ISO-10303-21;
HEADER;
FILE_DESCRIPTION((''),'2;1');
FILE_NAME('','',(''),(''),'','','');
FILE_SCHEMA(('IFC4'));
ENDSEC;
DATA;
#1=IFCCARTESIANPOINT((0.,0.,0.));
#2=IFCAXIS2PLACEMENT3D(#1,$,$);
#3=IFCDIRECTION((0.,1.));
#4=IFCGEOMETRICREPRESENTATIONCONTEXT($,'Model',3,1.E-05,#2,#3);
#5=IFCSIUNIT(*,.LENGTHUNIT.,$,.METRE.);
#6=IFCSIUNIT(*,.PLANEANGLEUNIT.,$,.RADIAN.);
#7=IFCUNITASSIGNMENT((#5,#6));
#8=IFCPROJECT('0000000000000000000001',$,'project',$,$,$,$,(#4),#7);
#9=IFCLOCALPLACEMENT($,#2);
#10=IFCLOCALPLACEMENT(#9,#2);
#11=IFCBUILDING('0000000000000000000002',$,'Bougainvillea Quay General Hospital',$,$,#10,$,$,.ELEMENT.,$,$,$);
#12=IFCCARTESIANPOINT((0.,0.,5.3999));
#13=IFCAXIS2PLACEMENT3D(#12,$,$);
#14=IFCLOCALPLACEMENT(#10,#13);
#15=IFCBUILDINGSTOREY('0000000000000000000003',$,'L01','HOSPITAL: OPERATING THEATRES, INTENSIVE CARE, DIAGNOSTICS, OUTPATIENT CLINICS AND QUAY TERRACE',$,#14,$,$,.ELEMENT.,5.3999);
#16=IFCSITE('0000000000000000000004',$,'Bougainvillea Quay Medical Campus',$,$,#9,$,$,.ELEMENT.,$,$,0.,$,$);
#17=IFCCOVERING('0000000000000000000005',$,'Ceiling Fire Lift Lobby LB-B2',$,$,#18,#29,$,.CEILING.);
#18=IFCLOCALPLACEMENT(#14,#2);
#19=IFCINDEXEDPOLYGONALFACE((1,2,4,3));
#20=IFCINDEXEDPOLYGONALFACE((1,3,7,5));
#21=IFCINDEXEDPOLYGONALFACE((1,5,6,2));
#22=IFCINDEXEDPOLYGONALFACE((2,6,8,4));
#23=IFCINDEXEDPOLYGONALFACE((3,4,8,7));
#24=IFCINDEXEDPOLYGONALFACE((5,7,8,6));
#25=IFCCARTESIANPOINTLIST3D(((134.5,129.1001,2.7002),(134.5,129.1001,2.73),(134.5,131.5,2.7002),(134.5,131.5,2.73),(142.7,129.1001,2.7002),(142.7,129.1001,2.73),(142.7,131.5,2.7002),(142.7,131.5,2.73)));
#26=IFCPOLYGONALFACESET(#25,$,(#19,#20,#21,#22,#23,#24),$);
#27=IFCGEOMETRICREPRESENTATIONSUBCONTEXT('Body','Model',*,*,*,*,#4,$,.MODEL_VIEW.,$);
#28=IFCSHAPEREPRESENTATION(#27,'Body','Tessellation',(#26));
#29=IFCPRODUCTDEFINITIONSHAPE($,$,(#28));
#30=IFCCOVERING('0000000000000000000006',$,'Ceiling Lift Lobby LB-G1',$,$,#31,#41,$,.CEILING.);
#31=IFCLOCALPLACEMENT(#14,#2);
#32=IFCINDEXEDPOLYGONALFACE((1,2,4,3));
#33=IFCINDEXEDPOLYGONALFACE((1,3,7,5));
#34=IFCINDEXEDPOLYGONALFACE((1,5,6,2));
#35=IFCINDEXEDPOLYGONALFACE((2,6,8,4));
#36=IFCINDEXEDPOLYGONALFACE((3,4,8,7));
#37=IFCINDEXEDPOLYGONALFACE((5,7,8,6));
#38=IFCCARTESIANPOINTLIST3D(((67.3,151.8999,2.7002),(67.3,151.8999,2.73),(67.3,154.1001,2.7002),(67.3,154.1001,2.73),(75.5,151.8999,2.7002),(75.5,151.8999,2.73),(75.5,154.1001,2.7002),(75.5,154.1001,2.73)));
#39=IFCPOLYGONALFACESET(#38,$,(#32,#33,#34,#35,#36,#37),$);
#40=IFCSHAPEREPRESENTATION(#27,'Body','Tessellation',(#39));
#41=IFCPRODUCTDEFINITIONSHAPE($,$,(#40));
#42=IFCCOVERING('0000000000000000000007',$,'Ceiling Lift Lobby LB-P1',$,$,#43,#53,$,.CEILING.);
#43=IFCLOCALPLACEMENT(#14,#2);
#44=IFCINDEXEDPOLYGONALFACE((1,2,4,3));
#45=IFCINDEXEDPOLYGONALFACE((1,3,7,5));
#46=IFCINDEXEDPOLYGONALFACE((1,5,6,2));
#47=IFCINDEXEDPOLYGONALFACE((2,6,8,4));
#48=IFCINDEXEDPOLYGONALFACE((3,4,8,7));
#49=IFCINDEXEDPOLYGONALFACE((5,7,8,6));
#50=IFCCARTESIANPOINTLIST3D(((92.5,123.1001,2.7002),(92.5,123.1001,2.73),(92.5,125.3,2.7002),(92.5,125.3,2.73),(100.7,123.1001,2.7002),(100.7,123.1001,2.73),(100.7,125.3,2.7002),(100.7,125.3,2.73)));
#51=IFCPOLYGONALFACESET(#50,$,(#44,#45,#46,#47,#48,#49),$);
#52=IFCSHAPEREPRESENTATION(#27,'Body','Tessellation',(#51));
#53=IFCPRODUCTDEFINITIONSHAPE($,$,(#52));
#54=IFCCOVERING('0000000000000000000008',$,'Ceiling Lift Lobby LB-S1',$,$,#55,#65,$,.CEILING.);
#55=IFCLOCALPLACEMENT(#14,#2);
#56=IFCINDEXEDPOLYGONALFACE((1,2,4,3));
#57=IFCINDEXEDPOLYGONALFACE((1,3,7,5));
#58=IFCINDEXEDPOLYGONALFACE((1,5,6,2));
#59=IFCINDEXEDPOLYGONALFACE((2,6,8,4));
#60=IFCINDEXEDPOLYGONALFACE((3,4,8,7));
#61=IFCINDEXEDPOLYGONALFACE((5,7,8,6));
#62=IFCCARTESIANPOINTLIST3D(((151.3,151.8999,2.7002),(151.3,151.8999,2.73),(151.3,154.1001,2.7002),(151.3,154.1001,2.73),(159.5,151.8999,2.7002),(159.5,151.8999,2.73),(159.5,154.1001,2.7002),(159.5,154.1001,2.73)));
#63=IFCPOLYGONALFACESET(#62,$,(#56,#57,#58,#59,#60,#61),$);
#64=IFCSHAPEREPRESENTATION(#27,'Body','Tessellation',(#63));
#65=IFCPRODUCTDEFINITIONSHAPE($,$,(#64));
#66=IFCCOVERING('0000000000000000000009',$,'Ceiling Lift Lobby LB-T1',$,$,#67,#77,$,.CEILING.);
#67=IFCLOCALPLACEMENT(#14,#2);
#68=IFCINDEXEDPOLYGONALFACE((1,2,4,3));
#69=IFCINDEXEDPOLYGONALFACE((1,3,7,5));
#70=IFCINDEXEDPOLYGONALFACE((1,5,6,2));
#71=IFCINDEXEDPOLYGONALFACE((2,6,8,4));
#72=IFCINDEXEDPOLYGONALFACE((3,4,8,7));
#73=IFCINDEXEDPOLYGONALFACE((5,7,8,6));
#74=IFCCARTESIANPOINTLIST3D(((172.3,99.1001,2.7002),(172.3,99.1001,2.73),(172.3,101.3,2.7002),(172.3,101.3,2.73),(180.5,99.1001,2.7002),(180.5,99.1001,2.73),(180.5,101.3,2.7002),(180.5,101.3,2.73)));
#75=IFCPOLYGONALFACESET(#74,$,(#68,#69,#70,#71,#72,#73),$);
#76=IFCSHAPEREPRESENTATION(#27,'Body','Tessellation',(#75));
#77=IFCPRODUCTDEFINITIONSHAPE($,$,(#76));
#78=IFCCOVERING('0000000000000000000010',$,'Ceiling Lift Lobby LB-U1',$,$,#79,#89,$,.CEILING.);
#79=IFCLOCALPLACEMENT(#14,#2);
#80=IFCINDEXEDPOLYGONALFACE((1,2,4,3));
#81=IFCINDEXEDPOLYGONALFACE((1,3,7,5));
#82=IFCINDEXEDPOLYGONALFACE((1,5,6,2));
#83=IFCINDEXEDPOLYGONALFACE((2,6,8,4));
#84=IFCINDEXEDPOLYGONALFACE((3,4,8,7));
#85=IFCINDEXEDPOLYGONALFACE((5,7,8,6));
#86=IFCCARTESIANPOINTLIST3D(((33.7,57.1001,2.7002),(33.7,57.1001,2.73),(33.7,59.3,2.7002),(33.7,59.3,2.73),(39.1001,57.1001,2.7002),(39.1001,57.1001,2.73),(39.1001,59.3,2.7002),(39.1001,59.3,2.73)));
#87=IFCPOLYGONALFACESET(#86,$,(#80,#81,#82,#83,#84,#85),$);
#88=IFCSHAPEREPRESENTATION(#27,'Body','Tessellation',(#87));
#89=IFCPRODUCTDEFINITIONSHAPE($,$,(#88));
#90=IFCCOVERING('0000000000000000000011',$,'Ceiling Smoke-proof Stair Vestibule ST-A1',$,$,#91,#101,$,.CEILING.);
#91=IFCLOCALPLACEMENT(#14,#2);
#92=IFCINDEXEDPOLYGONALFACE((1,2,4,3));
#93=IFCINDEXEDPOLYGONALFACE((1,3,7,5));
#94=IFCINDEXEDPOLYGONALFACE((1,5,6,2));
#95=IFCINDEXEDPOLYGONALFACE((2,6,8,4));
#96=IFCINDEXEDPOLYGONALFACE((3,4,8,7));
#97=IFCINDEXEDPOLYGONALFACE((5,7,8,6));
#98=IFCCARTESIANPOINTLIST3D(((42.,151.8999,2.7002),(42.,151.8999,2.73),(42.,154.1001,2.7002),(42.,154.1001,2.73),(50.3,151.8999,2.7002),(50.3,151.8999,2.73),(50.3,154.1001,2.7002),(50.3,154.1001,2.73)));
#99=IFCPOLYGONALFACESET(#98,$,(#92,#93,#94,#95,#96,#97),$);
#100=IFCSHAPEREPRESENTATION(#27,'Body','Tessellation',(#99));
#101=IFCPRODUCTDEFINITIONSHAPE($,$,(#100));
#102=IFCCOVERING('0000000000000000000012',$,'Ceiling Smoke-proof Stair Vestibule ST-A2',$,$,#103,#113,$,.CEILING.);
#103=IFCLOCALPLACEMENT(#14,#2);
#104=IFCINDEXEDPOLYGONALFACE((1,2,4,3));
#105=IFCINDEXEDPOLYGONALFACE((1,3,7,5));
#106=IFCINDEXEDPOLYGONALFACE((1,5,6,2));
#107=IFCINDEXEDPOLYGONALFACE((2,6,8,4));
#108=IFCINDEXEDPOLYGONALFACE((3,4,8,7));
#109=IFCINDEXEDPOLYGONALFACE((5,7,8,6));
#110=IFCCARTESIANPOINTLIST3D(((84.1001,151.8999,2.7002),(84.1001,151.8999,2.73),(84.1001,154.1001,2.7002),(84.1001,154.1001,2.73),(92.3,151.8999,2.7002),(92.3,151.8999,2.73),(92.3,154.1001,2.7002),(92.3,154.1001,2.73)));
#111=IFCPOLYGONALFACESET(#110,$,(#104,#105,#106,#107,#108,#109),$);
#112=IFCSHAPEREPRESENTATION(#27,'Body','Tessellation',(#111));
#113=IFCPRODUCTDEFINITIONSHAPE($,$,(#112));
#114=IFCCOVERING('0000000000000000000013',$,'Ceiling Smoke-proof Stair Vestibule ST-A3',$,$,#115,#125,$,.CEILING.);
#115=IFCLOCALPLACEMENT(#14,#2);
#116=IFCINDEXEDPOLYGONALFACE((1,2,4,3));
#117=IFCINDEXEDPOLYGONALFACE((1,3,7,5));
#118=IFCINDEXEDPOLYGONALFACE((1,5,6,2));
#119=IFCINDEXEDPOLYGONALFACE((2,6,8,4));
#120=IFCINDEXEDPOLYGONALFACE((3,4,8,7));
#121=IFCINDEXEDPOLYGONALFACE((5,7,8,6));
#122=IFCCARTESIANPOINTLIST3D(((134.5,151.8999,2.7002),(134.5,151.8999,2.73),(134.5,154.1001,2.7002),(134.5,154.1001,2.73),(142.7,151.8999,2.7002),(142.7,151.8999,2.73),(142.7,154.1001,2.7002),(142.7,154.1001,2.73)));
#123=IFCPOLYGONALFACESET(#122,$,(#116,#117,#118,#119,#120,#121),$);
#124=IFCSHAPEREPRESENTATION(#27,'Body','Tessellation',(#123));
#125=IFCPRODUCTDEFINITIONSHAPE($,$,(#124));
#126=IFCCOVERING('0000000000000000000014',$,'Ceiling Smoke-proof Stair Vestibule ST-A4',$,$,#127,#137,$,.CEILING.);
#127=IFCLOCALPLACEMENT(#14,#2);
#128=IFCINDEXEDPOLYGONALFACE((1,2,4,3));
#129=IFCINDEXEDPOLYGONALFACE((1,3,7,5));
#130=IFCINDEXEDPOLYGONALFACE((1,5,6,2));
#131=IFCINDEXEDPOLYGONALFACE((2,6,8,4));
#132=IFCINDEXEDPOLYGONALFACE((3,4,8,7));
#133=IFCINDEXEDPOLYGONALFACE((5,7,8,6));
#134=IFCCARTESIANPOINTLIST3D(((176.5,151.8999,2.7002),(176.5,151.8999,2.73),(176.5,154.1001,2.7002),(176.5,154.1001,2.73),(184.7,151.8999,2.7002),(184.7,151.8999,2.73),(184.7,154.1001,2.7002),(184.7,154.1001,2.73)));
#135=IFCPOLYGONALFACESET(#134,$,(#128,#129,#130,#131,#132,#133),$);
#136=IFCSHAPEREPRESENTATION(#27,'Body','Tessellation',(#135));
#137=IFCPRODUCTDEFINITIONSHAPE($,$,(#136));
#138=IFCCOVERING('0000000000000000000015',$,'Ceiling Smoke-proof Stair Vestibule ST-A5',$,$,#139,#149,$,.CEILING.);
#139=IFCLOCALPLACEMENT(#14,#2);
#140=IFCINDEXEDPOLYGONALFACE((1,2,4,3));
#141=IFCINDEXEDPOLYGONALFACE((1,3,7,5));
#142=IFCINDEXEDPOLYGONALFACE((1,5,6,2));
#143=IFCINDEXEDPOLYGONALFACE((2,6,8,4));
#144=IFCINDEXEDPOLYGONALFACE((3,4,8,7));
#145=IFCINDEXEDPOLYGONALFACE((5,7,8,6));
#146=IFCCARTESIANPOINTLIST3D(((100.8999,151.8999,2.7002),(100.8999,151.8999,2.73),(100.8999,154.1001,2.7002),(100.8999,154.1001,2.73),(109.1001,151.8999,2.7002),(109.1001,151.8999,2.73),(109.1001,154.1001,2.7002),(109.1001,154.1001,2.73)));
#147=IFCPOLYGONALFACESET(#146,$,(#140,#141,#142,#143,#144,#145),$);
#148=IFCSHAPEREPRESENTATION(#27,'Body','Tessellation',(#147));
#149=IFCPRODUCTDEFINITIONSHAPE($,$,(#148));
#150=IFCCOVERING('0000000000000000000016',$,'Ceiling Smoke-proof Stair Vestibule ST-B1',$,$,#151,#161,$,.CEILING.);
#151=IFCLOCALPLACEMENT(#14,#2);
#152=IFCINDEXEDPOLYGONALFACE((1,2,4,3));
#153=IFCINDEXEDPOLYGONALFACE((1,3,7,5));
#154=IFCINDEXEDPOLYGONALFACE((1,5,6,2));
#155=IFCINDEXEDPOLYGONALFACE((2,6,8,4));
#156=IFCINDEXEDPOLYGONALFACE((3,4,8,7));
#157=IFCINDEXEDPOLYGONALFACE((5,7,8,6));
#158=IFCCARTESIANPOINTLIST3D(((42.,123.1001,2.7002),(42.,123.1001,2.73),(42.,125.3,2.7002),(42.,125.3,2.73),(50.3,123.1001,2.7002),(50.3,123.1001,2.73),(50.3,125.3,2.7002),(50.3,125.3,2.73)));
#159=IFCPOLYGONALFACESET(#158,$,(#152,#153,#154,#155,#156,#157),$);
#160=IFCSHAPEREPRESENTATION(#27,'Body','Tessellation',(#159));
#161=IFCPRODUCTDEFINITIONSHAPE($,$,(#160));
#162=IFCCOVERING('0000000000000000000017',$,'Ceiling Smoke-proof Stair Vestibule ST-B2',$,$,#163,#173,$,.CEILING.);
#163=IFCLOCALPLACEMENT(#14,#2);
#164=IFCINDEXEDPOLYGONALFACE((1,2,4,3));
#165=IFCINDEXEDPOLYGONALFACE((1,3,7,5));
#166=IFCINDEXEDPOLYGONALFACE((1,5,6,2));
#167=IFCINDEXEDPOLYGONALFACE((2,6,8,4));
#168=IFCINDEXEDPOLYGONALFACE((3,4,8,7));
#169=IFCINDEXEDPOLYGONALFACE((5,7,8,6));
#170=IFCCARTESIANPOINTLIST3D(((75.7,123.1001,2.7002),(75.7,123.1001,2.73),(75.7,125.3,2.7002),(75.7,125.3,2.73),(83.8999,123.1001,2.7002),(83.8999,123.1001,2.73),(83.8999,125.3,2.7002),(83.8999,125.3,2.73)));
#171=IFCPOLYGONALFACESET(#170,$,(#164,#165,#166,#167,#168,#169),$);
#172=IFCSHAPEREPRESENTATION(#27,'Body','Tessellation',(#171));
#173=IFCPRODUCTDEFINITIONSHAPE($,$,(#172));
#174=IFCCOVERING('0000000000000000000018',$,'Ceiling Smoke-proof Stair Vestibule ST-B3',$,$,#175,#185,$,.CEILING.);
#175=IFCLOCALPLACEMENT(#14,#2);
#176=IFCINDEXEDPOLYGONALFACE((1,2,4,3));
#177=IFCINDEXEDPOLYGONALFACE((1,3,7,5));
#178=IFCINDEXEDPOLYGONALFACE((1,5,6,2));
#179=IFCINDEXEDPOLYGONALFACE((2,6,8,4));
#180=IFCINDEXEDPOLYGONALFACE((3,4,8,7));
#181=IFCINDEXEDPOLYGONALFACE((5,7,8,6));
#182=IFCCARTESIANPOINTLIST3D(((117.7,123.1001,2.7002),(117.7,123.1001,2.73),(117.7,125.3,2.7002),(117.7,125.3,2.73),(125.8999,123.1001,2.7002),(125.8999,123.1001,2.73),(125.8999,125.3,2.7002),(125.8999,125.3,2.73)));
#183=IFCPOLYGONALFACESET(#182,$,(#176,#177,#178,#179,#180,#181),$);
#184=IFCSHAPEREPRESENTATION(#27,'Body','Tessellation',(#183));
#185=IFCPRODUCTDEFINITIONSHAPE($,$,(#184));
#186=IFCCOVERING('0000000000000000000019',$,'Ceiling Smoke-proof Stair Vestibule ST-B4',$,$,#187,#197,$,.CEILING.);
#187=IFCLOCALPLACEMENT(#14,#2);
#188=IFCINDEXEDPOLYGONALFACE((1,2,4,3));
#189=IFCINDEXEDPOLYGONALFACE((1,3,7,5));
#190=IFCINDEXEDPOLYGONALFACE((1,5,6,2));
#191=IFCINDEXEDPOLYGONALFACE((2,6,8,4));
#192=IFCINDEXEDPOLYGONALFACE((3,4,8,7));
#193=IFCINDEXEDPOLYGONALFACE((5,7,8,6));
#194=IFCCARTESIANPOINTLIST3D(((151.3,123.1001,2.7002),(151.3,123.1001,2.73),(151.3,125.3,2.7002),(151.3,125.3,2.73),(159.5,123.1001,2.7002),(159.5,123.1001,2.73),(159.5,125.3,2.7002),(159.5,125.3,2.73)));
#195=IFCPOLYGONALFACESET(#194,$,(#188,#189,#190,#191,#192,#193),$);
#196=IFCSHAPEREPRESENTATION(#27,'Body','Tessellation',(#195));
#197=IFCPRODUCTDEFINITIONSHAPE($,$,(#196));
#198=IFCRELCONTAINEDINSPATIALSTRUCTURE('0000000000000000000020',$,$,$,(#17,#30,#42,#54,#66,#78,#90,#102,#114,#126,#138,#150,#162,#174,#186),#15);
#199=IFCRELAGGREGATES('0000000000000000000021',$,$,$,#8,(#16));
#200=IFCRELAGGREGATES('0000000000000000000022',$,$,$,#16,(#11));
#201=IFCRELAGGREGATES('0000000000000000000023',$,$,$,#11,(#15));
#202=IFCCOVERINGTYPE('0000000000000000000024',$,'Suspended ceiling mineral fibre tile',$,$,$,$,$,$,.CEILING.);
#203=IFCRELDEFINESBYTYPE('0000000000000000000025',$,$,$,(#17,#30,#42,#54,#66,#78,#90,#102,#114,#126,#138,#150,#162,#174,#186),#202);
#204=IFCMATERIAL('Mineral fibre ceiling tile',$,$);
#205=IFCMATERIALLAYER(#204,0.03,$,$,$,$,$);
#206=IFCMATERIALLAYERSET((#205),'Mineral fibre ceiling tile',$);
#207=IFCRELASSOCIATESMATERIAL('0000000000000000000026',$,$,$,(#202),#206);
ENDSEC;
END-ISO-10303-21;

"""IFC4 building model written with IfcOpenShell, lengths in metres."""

from ifc_helpers import new_model, si_unit, direction, frame, origin, place, context, subcontext, project, spatial, polyline, outline, extrude, material, layer, layer_set, type_object, element, save


model = new_model("IFC4")

# Units and contexts
model_context = context("Model", 3, precision=1e-05, world=origin(), true_north=direction((0.0, 1.0)))
body_context = subcontext(model_context, "Body", "Model", "MODEL_VIEW")
ifc_project = project(units=[si_unit("LENGTHUNIT", "METRE"), si_unit("PLANEANGLEUNIT", "RADIAN")], contexts=[model_context])

# Site, building, storey
site_placement = place(None, origin())
site = spatial("IfcSite", under=ifc_project, at=site_placement, Name="Bougainvillea Quay Medical Campus", CompositionType="ELEMENT", RefElevation=0.0)
building_placement = place(site_placement, origin())
building = spatial("IfcBuilding", under=site, at=building_placement, Name="Bougainvillea Quay General Hospital", CompositionType="ELEMENT")
storey_placement = place(building_placement, frame((0.0, 0.0, 5.3999)))
storey = spatial("IfcBuildingStorey", under=building, at=storey_placement, Name="L01", Description="HOSPITAL: OPERATING THEATRES, INTENSIVE CARE, DIAGNOSTICS, OUTPATIENT CLINICS AND QUAY TERRACE", CompositionType="ELEMENT", Elevation=5.3999)

# Coverings
ifc_material = material(Name="Mineral fibre ceiling tile")
ifc_layer = layer(ifc_material, 0.03)
ifc_layer_set = layer_set([ifc_layer], Name="Mineral fibre ceiling tile")
covering_type = type_object("IfcCoveringType", Name="Suspended ceiling mineral fibre tile", PredefinedType="CEILING", material=ifc_layer_set)
covering_1_placement = place(storey_placement, frame((0.0, 0.0, 2.7002)))
element("IfcCovering", 1, at=covering_1_placement, inside=storey, type_object=covering_type, Name="Ceiling Fire Lift Lobby LB-B2", PredefinedType="CEILING", context=body_context, shape_type="SweptSolid", body=[
    extrude(outline(polyline([(134.5, 131.5), (134.5, 129.1001), (142.7, 129.1001), (142.7, 131.5), (134.5, 131.5)])), origin(), (0.0, 0.0, 1.0), 0.0298),
])
covering_2_placement = place(storey_placement, frame((0.0, 0.0, 2.7002)))
element("IfcCovering", 2, at=covering_2_placement, inside=storey, type_object=covering_type, Name="Ceiling Lift Lobby LB-G1", PredefinedType="CEILING", context=body_context, shape_type="SweptSolid", body=[
    extrude(outline(polyline([(75.5, 154.1001), (67.3, 154.1001), (67.3, 151.8999), (75.5, 151.8999), (75.5, 154.1001)])), origin(), (0.0, 0.0, 1.0), 0.0298),
])
covering_3_placement = place(storey_placement, frame((0.0, 0.0, 2.7002)))
element("IfcCovering", 3, at=covering_3_placement, inside=storey, type_object=covering_type, Name="Ceiling Lift Lobby LB-P1", PredefinedType="CEILING", context=body_context, shape_type="SweptSolid", body=[
    extrude(outline(polyline([(100.7, 125.3), (92.5, 125.3), (92.5, 123.1001), (100.7, 123.1001), (100.7, 125.3)])), origin(), (0.0, 0.0, 1.0), 0.0298),
])
covering_4_placement = place(storey_placement, frame((0.0, 0.0, 2.7002)))
element("IfcCovering", 4, at=covering_4_placement, inside=storey, type_object=covering_type, Name="Ceiling Lift Lobby LB-S1", PredefinedType="CEILING", context=body_context, shape_type="SweptSolid", body=[
    extrude(outline(polyline([(159.5, 151.8999), (159.5, 154.1001), (151.3, 154.1001), (151.3, 151.8999), (159.5, 151.8999)])), origin(), (0.0, 0.0, 1.0), 0.0298),
])
covering_5_placement = place(storey_placement, frame((0.0, 0.0, 2.7002)))
element("IfcCovering", 5, at=covering_5_placement, inside=storey, type_object=covering_type, Name="Ceiling Lift Lobby LB-T1", PredefinedType="CEILING", context=body_context, shape_type="SweptSolid", body=[
    extrude(outline(polyline([(180.5, 101.3), (172.3, 101.3), (172.3, 99.1001), (180.5, 99.1001), (180.5, 101.3)])), origin(), (0.0, 0.0, 1.0), 0.0298),
])
covering_6_placement = place(storey_placement, frame((0.0, 0.0, 2.7002)))
element("IfcCovering", 6, at=covering_6_placement, inside=storey, type_object=covering_type, Name="Ceiling Lift Lobby LB-U1", PredefinedType="CEILING", context=body_context, shape_type="SweptSolid", body=[
    extrude(outline(polyline([(39.1001, 57.1001), (39.1001, 59.3), (33.7, 59.3), (33.7, 57.1001), (39.1001, 57.1001)])), origin(), (0.0, 0.0, 1.0), 0.0298),
])
covering_7_placement = place(storey_placement, frame((0.0, 0.0, 2.7002)))
element("IfcCovering", 7, at=covering_7_placement, inside=storey, type_object=covering_type, Name="Ceiling Smoke-proof Stair Vestibule ST-A1", PredefinedType="CEILING", context=body_context, shape_type="SweptSolid", body=[
    extrude(outline(polyline([(42.0, 151.8999), (50.3, 151.8999), (50.3, 154.1001), (42.0, 154.1001), (42.0, 151.8999)])), origin(), (0.0, 0.0, 1.0), 0.0298),
])
covering_8_placement = place(storey_placement, frame((0.0, 0.0, 2.7002)))
element("IfcCovering", 8, at=covering_8_placement, inside=storey, type_object=covering_type, Name="Ceiling Smoke-proof Stair Vestibule ST-A2", PredefinedType="CEILING", context=body_context, shape_type="SweptSolid", body=[
    extrude(outline(polyline([(84.1001, 151.8999), (92.3, 151.8999), (92.3, 154.1001), (84.1001, 154.1001), (84.1001, 151.8999)])), origin(), (0.0, 0.0, 1.0), 0.0298),
])
covering_9_placement = place(storey_placement, frame((0.0, 0.0, 2.7002)))
element("IfcCovering", 9, at=covering_9_placement, inside=storey, type_object=covering_type, Name="Ceiling Smoke-proof Stair Vestibule ST-A3", PredefinedType="CEILING", context=body_context, shape_type="SweptSolid", body=[
    extrude(outline(polyline([(142.7, 154.1001), (134.5, 154.1001), (134.5, 151.8999), (142.7, 151.8999), (142.7, 154.1001)])), origin(), (0.0, 0.0, 1.0), 0.0298),
])
covering_10_placement = place(storey_placement, frame((0.0, 0.0, 2.7002)))
element("IfcCovering", 10, at=covering_10_placement, inside=storey, type_object=covering_type, Name="Ceiling Smoke-proof Stair Vestibule ST-A4", PredefinedType="CEILING", context=body_context, shape_type="SweptSolid", body=[
    extrude(outline(polyline([(184.7, 151.8999), (184.7, 154.1001), (176.5, 154.1001), (176.5, 151.8999), (184.7, 151.8999)])), origin(), (0.0, 0.0, 1.0), 0.0298),
])
covering_11_placement = place(storey_placement, frame((0.0, 0.0, 2.7002)))
element("IfcCovering", 11, at=covering_11_placement, inside=storey, type_object=covering_type, Name="Ceiling Smoke-proof Stair Vestibule ST-A5", PredefinedType="CEILING", context=body_context, shape_type="SweptSolid", body=[
    extrude(outline(polyline([(109.1001, 154.1001), (100.8999, 154.1001), (100.8999, 151.8999), (109.1001, 151.8999), (109.1001, 154.1001)])), origin(), (0.0, 0.0, 1.0), 0.0298),
])
covering_12_placement = place(storey_placement, frame((0.0, 0.0, 2.7002)))
element("IfcCovering", 12, at=covering_12_placement, inside=storey, type_object=covering_type, Name="Ceiling Smoke-proof Stair Vestibule ST-B1", PredefinedType="CEILING", context=body_context, shape_type="SweptSolid", body=[
    extrude(outline(polyline([(42.0, 123.1001), (50.3, 123.1001), (50.3, 125.3), (42.0, 125.3), (42.0, 123.1001)])), origin(), (0.0, 0.0, 1.0), 0.0298),
])
covering_13_placement = place(storey_placement, frame((0.0, 0.0, 2.7002)))
element("IfcCovering", 13, at=covering_13_placement, inside=storey, type_object=covering_type, Name="Ceiling Smoke-proof Stair Vestibule ST-B2", PredefinedType="CEILING", context=body_context, shape_type="SweptSolid", body=[
    extrude(outline(polyline([(75.7, 123.1001), (83.8999, 123.1001), (83.8999, 125.3), (75.7, 125.3), (75.7, 123.1001)])), origin(), (0.0, 0.0, 1.0), 0.0298),
])
covering_14_placement = place(storey_placement, frame((0.0, 0.0, 2.7002)))
element("IfcCovering", 14, at=covering_14_placement, inside=storey, type_object=covering_type, Name="Ceiling Smoke-proof Stair Vestibule ST-B3", PredefinedType="CEILING", context=body_context, shape_type="SweptSolid", body=[
    extrude(outline(polyline([(117.7, 123.1001), (125.8999, 123.1001), (125.8999, 125.3), (117.7, 125.3), (117.7, 123.1001)])), origin(), (0.0, 0.0, 1.0), 0.0298),
])
covering_15_placement = place(storey_placement, frame((0.0, 0.0, 2.7002)))
element("IfcCovering", 15, at=covering_15_placement, inside=storey, type_object=covering_type, Name="Ceiling Smoke-proof Stair Vestibule ST-B4", PredefinedType="CEILING", context=body_context, shape_type="SweptSolid", body=[
    extrude(outline(polyline([(151.3, 125.3), (151.3, 123.1001), (159.5, 123.1001), (159.5, 125.3), (151.3, 125.3)])), origin(), (0.0, 0.0, 1.0), 0.0298),
])

save(model, "model.ifc")
